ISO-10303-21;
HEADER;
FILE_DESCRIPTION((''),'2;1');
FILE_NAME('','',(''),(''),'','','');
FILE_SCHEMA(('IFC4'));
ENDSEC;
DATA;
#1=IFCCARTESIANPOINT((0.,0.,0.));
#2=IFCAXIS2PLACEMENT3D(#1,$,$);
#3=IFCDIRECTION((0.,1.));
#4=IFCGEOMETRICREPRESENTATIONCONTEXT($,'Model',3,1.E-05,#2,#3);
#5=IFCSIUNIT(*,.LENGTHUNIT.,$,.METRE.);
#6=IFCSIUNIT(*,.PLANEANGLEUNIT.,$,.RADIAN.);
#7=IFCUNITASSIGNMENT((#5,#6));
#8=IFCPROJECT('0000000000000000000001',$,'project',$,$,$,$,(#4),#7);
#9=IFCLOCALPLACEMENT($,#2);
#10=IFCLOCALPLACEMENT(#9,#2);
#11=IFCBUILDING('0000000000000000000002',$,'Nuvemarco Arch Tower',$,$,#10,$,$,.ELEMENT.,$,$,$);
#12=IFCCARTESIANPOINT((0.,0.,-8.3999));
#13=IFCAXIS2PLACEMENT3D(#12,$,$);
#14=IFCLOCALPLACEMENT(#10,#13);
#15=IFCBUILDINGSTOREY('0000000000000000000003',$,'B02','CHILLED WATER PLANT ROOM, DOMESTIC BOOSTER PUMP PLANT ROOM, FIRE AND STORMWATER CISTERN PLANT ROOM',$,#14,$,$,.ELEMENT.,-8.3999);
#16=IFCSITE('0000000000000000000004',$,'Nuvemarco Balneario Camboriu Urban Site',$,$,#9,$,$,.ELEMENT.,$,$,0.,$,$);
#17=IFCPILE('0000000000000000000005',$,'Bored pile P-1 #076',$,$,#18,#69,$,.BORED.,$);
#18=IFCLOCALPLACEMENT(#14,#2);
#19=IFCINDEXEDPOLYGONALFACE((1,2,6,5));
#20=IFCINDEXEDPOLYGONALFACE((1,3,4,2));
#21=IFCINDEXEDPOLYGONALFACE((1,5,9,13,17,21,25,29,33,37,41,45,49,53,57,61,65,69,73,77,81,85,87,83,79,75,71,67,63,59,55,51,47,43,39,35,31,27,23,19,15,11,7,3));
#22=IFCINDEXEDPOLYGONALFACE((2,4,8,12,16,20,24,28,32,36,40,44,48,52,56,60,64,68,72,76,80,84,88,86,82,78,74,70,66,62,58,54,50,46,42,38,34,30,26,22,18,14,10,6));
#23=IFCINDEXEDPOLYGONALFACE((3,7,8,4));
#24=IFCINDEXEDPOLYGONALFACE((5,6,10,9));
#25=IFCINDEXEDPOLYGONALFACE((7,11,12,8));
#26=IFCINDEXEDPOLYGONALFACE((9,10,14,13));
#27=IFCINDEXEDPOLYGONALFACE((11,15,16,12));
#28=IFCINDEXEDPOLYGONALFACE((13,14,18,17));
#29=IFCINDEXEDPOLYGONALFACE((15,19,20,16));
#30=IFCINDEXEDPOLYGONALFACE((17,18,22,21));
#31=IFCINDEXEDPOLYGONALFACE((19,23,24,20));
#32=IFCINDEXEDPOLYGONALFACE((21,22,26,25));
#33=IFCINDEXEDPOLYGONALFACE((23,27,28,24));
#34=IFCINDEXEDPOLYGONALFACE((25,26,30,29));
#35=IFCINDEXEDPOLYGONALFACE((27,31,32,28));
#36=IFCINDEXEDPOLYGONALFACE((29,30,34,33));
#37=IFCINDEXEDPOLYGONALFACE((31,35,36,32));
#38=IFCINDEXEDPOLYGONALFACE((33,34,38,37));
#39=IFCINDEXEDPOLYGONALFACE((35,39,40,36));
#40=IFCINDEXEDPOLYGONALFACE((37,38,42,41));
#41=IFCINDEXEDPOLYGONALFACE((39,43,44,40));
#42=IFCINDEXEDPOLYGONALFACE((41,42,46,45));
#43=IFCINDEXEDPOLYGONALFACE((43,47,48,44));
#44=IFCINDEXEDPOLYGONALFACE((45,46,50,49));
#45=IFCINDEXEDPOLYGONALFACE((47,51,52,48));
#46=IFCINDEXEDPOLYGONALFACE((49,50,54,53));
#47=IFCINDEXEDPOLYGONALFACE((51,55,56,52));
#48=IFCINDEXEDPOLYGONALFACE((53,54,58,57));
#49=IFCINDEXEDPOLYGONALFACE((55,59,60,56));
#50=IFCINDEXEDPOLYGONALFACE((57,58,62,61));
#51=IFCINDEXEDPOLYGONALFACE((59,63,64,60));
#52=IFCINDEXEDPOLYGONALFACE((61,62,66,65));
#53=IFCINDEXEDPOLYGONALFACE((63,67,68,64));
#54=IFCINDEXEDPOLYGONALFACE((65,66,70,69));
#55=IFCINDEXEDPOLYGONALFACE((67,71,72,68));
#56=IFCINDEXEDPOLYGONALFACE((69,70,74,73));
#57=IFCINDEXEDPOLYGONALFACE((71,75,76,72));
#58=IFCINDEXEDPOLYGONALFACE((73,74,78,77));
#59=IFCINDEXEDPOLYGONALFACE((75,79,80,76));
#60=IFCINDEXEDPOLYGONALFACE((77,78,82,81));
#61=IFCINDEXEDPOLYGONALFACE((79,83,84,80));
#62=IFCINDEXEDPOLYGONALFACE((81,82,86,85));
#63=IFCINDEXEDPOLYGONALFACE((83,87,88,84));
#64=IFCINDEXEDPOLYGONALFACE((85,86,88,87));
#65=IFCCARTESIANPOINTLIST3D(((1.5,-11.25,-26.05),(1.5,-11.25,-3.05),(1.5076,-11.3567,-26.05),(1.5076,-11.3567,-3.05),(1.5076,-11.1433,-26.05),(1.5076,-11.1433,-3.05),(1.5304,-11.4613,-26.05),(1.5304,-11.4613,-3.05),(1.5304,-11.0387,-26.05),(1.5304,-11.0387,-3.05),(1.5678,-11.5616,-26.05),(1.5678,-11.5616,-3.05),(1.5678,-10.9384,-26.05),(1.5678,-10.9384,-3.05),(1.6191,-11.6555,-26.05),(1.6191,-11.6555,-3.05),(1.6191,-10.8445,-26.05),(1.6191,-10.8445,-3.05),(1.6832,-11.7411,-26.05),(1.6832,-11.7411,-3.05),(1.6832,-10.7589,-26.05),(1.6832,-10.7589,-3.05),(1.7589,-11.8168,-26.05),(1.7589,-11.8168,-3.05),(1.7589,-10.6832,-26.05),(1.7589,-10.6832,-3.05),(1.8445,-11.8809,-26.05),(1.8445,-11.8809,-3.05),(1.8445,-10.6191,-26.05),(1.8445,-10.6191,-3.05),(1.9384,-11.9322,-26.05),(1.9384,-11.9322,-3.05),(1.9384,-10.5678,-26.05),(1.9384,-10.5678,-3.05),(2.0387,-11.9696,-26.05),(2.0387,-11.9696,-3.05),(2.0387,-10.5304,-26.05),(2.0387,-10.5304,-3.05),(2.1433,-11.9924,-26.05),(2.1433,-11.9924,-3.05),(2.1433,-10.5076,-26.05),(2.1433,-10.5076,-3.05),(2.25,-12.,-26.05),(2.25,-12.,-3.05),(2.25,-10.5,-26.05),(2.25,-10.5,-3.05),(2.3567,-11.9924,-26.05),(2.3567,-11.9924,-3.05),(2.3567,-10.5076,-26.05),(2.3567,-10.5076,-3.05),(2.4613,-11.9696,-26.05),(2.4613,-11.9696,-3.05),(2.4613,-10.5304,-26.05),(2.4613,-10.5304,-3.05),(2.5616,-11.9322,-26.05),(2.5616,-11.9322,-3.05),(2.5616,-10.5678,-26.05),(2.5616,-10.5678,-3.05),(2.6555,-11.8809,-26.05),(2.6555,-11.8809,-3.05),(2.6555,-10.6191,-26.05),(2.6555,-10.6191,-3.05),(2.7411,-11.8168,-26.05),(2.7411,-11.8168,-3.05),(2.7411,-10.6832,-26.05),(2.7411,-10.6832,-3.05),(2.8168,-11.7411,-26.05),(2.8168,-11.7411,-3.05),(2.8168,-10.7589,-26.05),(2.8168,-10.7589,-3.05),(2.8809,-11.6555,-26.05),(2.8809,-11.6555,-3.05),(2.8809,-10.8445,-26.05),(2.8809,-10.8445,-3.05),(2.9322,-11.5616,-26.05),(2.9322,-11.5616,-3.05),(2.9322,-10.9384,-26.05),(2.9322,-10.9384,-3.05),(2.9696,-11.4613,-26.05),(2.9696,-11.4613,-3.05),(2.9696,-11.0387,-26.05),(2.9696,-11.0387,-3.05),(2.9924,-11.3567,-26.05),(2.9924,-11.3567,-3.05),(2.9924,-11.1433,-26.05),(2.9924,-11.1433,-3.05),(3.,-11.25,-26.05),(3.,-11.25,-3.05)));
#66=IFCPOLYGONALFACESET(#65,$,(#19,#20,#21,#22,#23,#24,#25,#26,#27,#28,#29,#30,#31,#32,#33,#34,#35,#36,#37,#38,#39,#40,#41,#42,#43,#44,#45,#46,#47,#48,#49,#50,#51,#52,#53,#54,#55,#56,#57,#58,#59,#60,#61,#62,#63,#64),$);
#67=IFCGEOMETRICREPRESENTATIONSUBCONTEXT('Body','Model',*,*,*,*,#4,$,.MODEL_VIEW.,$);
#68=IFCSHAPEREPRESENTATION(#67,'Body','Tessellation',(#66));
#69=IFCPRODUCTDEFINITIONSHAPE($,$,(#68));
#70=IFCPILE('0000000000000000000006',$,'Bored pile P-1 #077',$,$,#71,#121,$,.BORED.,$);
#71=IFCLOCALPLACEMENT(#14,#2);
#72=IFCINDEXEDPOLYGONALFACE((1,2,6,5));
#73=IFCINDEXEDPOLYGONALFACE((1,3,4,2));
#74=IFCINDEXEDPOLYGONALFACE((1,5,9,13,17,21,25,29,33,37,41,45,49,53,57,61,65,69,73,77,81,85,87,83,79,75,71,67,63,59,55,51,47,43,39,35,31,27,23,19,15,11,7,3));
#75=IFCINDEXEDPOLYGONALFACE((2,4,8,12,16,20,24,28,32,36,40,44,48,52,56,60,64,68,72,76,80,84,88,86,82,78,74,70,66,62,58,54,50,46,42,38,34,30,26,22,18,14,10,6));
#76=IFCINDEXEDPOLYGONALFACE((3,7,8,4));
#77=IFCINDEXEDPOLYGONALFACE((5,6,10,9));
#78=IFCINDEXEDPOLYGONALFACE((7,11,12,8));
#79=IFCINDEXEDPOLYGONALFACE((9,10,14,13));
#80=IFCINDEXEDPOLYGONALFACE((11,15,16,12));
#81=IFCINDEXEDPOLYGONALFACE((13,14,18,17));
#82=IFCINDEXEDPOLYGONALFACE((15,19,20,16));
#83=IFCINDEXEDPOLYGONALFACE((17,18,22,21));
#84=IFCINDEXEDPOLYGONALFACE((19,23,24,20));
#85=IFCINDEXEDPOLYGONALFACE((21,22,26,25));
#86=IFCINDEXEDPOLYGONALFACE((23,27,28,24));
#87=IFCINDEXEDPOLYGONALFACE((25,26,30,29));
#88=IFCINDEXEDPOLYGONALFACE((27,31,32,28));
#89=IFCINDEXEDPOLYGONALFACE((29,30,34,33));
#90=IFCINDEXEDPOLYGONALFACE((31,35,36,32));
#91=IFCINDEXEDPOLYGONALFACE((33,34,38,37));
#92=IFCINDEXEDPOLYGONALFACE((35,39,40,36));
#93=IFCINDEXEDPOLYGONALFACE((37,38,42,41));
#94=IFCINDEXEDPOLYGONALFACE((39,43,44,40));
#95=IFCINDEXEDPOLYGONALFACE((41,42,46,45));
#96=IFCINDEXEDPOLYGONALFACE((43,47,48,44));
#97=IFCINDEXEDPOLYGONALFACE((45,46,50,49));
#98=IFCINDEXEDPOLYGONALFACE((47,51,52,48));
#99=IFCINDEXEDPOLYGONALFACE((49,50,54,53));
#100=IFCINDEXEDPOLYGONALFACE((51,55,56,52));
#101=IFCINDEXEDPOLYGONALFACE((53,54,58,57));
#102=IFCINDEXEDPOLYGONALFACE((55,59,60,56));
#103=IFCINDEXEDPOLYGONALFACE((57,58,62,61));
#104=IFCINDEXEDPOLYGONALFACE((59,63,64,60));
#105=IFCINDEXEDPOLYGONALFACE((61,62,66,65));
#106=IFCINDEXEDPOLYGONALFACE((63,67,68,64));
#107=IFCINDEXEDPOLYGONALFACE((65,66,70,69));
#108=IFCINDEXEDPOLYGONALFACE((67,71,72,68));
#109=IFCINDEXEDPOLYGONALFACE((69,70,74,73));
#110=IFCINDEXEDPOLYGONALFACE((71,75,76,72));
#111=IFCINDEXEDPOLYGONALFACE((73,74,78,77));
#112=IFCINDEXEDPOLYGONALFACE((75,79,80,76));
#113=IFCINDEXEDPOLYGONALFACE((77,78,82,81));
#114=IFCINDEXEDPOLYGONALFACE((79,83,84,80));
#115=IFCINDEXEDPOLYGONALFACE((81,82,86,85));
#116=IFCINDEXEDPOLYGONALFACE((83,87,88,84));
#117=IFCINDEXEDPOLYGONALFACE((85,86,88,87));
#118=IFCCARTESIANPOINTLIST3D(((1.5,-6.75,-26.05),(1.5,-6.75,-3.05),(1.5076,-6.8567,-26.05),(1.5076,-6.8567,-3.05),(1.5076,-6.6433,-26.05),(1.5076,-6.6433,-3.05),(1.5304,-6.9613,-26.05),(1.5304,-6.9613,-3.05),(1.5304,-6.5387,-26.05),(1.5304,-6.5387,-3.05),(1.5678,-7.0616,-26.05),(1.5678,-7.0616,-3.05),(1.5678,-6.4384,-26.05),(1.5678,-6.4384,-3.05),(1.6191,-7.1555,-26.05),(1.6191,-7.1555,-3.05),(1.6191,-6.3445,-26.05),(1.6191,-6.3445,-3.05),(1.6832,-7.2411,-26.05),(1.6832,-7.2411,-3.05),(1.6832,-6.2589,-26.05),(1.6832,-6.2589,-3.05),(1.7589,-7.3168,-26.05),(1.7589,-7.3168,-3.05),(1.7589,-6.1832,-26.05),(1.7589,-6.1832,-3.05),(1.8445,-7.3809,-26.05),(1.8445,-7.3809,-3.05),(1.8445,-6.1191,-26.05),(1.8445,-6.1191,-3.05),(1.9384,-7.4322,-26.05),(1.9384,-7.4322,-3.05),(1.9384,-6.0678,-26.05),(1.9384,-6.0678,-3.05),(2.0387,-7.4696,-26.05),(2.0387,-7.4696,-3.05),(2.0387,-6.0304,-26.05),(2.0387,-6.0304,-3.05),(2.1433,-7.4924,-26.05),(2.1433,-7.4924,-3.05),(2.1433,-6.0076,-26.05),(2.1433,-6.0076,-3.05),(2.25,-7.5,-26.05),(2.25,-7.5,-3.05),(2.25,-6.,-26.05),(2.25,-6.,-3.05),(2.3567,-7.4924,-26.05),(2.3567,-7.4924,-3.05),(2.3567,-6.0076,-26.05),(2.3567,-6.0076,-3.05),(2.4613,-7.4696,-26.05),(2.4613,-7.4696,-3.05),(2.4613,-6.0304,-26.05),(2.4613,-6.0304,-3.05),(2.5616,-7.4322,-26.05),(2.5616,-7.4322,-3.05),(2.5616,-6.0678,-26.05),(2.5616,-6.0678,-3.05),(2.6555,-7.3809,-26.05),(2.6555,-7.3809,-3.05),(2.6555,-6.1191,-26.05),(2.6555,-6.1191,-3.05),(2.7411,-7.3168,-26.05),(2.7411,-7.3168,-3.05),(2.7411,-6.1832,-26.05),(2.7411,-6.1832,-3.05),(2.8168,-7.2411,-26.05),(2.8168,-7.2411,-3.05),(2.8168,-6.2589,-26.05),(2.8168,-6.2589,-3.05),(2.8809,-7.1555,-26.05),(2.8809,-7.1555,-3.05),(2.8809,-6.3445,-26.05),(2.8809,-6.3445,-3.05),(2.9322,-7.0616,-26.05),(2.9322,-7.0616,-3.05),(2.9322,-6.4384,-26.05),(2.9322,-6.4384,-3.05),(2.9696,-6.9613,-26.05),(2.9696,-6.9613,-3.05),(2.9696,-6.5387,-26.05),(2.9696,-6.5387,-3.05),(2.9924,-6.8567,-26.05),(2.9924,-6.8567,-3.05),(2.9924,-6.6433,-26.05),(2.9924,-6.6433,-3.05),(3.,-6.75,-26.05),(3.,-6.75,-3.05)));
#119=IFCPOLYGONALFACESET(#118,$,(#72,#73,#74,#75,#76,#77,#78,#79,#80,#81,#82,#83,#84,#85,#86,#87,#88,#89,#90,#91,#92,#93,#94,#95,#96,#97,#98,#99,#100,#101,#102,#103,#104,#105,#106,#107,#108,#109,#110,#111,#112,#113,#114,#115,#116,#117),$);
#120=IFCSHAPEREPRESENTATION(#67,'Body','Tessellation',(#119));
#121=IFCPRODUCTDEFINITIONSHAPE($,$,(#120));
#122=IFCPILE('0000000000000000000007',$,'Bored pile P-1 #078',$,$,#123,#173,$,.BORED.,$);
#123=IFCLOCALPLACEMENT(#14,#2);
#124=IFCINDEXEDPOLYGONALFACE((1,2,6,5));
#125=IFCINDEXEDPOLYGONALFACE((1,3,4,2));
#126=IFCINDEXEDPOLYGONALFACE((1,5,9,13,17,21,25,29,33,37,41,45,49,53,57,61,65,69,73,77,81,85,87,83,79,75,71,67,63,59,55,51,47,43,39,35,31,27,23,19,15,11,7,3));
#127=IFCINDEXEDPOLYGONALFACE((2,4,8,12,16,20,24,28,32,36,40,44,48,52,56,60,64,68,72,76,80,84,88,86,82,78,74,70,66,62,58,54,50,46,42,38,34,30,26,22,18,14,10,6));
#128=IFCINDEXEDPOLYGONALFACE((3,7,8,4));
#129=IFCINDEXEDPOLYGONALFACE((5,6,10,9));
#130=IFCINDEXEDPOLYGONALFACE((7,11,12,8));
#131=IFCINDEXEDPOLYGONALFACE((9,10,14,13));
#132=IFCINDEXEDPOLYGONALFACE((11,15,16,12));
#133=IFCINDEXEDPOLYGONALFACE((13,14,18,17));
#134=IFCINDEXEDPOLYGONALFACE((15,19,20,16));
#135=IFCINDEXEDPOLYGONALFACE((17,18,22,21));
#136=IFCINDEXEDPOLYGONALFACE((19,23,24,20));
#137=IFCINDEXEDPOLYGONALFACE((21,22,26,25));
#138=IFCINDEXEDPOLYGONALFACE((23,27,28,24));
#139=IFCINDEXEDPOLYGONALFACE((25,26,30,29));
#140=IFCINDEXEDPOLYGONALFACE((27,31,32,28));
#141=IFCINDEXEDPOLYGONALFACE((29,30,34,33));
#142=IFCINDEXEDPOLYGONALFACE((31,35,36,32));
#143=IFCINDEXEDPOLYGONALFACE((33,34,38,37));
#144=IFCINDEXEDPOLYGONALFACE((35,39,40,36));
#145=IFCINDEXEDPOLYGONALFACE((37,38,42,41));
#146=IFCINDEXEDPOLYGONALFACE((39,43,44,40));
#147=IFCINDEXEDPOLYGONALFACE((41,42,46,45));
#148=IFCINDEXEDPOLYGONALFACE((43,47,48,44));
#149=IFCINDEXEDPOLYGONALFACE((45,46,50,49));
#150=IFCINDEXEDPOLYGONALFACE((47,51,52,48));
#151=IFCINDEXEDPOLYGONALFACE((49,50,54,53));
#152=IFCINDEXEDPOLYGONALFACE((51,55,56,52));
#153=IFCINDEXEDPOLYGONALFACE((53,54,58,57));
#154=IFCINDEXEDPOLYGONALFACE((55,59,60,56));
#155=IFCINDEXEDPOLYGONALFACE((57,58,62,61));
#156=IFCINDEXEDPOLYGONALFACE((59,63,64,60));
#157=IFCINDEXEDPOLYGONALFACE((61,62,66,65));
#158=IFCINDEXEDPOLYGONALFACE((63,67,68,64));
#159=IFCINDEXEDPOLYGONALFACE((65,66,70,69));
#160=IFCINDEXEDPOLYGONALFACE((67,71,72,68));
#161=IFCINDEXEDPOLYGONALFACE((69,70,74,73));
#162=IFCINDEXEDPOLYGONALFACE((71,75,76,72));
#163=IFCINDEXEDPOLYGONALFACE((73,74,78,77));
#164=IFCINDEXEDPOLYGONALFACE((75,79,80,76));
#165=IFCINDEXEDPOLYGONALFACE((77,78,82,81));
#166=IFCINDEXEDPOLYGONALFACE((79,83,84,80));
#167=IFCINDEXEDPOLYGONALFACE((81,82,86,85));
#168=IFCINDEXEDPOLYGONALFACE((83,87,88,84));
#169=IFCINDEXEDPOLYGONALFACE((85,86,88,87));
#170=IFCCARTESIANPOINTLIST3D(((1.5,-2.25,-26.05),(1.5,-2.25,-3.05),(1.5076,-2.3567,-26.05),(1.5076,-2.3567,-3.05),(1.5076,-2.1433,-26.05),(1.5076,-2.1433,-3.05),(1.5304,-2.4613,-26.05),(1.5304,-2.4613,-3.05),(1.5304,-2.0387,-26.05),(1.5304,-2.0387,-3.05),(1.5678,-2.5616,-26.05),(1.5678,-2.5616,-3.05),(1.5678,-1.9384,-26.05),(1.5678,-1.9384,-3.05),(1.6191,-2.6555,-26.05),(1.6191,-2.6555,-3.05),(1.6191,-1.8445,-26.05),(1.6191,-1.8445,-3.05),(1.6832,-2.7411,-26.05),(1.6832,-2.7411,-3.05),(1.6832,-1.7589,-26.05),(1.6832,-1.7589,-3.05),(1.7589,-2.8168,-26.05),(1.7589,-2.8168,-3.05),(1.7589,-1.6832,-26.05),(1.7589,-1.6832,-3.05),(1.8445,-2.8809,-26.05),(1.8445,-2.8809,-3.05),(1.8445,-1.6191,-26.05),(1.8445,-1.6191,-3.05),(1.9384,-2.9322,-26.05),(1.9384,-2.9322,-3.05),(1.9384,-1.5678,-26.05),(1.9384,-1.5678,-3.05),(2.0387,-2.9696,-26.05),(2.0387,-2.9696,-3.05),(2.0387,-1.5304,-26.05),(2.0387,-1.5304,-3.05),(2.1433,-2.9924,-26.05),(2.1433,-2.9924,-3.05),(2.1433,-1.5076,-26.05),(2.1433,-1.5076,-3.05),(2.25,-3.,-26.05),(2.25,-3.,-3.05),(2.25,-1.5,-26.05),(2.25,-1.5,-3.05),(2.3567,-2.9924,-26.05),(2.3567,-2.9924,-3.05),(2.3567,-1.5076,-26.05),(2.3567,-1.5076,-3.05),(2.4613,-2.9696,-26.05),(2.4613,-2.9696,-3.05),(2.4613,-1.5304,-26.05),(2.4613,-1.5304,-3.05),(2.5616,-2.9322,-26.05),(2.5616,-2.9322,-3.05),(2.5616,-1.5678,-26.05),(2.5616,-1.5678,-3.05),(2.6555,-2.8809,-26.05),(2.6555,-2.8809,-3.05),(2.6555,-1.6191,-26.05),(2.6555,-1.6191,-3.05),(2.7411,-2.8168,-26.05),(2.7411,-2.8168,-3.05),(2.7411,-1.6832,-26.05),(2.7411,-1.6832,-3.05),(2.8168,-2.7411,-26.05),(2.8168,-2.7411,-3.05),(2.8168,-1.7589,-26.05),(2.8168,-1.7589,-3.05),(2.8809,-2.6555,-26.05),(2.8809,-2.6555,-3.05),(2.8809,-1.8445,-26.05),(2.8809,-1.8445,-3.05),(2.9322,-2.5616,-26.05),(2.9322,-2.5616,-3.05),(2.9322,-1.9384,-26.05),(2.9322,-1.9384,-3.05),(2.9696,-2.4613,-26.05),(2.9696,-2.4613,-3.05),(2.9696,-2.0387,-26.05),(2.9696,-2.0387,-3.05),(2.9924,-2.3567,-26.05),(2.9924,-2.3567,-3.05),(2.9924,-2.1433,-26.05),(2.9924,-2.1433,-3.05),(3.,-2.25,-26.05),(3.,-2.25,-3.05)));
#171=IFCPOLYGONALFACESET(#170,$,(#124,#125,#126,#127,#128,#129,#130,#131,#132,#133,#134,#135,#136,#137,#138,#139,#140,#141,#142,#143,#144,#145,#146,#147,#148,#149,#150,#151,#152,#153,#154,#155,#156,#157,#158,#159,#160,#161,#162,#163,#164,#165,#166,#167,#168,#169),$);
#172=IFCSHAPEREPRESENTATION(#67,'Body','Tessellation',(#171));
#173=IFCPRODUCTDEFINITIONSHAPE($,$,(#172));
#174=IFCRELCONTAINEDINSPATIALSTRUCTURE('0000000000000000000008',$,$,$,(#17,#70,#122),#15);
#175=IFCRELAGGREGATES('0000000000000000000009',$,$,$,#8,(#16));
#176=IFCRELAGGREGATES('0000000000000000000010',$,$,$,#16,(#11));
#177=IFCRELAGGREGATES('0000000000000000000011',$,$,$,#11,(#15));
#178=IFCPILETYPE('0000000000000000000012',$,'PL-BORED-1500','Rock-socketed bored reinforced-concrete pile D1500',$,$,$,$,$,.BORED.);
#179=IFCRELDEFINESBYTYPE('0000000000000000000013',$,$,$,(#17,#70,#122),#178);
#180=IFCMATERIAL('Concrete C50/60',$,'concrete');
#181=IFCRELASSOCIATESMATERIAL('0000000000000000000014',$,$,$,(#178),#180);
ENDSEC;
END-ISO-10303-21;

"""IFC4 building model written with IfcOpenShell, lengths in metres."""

from ifc_helpers import new_model, si_unit, direction, frame, origin, origin_2d, place, context, subcontext, project, spatial, circle, extrude, material, material_profile, profile_set, type_object, element, save


model = new_model("IFC4")

# Units and contexts
model_context = context("Model", 3, precision=1e-05, world=origin(), true_north=direction((0.0, 1.0)))
body_context = subcontext(model_context, "Body", "Model", "MODEL_VIEW")
ifc_project = project(units=[si_unit("LENGTHUNIT", "METRE"), si_unit("PLANEANGLEUNIT", "RADIAN")], contexts=[model_context])

# Site, building, storey
site_placement = place(None, origin())
site = spatial("IfcSite", under=ifc_project, at=site_placement, Name="Nuvemarco Balneario Camboriu Urban Site", CompositionType="ELEMENT", RefElevation=0.0)
building_placement = place(site_placement, origin())
building = spatial("IfcBuilding", under=site, at=building_placement, Name="Nuvemarco Arch Tower", CompositionType="ELEMENT")
storey_placement = place(building_placement, frame((0.0, 0.0, -8.3999)))
storey = spatial("IfcBuildingStorey", under=building, at=storey_placement, Name="B02", Description="CHILLED WATER PLANT ROOM, DOMESTIC BOOSTER PUMP PLANT ROOM, FIRE AND STORMWATER CISTERN PLANT ROOM", CompositionType="ELEMENT", Elevation=-8.3999)

# Piles
ifc_material_1 = material(Name="Concrete C50/60", Category="concrete")
ifc_material_profile_1 = material_profile(ifc_material_1, circle(Radius=0.75, at=origin_2d()), Name="PILE-D1500")
ifc_profile_set_1 = profile_set([ifc_material_profile_1], Name="Concrete C50/60")
pile_type = type_object("IfcPileType", Name="PL-BORED-1500", Description="Rock-socketed bored reinforced-concrete pile D1500", PredefinedType="BORED", material=ifc_profile_set_1)
for number, where, z_axis, x_axis, name in (
    (1, (2.25, -11.25, -3.05), (0.0, 0.0, -1.0), (1.0, 0.0, 0.0), "Bored pile P-1 #076"),
    (2, (2.25, -6.75, -3.05), (0.0, 0.0, -1.0), (1.0, 0.0, 0.0), "Bored pile P-1 #077"),
    (3, (2.25, -2.25, -3.05), (0.0, 0.0, -1.0), (1.0, 0.0, 0.0), "Bored pile P-1 #078"),
):
    element("IfcPile", number, at=place(storey_placement, frame(where, z_axis=z_axis, x_axis=x_axis)), inside=storey, type_object=pile_type, Name=name, PredefinedType="BORED", context=body_context, shape_type="SweptSolid", body=[
        extrude(circle(Radius=0.75, at=origin_2d()), origin(), (0.0, 0.0, 1.0), 23.0),
    ])

save(model, "model.ifc")
